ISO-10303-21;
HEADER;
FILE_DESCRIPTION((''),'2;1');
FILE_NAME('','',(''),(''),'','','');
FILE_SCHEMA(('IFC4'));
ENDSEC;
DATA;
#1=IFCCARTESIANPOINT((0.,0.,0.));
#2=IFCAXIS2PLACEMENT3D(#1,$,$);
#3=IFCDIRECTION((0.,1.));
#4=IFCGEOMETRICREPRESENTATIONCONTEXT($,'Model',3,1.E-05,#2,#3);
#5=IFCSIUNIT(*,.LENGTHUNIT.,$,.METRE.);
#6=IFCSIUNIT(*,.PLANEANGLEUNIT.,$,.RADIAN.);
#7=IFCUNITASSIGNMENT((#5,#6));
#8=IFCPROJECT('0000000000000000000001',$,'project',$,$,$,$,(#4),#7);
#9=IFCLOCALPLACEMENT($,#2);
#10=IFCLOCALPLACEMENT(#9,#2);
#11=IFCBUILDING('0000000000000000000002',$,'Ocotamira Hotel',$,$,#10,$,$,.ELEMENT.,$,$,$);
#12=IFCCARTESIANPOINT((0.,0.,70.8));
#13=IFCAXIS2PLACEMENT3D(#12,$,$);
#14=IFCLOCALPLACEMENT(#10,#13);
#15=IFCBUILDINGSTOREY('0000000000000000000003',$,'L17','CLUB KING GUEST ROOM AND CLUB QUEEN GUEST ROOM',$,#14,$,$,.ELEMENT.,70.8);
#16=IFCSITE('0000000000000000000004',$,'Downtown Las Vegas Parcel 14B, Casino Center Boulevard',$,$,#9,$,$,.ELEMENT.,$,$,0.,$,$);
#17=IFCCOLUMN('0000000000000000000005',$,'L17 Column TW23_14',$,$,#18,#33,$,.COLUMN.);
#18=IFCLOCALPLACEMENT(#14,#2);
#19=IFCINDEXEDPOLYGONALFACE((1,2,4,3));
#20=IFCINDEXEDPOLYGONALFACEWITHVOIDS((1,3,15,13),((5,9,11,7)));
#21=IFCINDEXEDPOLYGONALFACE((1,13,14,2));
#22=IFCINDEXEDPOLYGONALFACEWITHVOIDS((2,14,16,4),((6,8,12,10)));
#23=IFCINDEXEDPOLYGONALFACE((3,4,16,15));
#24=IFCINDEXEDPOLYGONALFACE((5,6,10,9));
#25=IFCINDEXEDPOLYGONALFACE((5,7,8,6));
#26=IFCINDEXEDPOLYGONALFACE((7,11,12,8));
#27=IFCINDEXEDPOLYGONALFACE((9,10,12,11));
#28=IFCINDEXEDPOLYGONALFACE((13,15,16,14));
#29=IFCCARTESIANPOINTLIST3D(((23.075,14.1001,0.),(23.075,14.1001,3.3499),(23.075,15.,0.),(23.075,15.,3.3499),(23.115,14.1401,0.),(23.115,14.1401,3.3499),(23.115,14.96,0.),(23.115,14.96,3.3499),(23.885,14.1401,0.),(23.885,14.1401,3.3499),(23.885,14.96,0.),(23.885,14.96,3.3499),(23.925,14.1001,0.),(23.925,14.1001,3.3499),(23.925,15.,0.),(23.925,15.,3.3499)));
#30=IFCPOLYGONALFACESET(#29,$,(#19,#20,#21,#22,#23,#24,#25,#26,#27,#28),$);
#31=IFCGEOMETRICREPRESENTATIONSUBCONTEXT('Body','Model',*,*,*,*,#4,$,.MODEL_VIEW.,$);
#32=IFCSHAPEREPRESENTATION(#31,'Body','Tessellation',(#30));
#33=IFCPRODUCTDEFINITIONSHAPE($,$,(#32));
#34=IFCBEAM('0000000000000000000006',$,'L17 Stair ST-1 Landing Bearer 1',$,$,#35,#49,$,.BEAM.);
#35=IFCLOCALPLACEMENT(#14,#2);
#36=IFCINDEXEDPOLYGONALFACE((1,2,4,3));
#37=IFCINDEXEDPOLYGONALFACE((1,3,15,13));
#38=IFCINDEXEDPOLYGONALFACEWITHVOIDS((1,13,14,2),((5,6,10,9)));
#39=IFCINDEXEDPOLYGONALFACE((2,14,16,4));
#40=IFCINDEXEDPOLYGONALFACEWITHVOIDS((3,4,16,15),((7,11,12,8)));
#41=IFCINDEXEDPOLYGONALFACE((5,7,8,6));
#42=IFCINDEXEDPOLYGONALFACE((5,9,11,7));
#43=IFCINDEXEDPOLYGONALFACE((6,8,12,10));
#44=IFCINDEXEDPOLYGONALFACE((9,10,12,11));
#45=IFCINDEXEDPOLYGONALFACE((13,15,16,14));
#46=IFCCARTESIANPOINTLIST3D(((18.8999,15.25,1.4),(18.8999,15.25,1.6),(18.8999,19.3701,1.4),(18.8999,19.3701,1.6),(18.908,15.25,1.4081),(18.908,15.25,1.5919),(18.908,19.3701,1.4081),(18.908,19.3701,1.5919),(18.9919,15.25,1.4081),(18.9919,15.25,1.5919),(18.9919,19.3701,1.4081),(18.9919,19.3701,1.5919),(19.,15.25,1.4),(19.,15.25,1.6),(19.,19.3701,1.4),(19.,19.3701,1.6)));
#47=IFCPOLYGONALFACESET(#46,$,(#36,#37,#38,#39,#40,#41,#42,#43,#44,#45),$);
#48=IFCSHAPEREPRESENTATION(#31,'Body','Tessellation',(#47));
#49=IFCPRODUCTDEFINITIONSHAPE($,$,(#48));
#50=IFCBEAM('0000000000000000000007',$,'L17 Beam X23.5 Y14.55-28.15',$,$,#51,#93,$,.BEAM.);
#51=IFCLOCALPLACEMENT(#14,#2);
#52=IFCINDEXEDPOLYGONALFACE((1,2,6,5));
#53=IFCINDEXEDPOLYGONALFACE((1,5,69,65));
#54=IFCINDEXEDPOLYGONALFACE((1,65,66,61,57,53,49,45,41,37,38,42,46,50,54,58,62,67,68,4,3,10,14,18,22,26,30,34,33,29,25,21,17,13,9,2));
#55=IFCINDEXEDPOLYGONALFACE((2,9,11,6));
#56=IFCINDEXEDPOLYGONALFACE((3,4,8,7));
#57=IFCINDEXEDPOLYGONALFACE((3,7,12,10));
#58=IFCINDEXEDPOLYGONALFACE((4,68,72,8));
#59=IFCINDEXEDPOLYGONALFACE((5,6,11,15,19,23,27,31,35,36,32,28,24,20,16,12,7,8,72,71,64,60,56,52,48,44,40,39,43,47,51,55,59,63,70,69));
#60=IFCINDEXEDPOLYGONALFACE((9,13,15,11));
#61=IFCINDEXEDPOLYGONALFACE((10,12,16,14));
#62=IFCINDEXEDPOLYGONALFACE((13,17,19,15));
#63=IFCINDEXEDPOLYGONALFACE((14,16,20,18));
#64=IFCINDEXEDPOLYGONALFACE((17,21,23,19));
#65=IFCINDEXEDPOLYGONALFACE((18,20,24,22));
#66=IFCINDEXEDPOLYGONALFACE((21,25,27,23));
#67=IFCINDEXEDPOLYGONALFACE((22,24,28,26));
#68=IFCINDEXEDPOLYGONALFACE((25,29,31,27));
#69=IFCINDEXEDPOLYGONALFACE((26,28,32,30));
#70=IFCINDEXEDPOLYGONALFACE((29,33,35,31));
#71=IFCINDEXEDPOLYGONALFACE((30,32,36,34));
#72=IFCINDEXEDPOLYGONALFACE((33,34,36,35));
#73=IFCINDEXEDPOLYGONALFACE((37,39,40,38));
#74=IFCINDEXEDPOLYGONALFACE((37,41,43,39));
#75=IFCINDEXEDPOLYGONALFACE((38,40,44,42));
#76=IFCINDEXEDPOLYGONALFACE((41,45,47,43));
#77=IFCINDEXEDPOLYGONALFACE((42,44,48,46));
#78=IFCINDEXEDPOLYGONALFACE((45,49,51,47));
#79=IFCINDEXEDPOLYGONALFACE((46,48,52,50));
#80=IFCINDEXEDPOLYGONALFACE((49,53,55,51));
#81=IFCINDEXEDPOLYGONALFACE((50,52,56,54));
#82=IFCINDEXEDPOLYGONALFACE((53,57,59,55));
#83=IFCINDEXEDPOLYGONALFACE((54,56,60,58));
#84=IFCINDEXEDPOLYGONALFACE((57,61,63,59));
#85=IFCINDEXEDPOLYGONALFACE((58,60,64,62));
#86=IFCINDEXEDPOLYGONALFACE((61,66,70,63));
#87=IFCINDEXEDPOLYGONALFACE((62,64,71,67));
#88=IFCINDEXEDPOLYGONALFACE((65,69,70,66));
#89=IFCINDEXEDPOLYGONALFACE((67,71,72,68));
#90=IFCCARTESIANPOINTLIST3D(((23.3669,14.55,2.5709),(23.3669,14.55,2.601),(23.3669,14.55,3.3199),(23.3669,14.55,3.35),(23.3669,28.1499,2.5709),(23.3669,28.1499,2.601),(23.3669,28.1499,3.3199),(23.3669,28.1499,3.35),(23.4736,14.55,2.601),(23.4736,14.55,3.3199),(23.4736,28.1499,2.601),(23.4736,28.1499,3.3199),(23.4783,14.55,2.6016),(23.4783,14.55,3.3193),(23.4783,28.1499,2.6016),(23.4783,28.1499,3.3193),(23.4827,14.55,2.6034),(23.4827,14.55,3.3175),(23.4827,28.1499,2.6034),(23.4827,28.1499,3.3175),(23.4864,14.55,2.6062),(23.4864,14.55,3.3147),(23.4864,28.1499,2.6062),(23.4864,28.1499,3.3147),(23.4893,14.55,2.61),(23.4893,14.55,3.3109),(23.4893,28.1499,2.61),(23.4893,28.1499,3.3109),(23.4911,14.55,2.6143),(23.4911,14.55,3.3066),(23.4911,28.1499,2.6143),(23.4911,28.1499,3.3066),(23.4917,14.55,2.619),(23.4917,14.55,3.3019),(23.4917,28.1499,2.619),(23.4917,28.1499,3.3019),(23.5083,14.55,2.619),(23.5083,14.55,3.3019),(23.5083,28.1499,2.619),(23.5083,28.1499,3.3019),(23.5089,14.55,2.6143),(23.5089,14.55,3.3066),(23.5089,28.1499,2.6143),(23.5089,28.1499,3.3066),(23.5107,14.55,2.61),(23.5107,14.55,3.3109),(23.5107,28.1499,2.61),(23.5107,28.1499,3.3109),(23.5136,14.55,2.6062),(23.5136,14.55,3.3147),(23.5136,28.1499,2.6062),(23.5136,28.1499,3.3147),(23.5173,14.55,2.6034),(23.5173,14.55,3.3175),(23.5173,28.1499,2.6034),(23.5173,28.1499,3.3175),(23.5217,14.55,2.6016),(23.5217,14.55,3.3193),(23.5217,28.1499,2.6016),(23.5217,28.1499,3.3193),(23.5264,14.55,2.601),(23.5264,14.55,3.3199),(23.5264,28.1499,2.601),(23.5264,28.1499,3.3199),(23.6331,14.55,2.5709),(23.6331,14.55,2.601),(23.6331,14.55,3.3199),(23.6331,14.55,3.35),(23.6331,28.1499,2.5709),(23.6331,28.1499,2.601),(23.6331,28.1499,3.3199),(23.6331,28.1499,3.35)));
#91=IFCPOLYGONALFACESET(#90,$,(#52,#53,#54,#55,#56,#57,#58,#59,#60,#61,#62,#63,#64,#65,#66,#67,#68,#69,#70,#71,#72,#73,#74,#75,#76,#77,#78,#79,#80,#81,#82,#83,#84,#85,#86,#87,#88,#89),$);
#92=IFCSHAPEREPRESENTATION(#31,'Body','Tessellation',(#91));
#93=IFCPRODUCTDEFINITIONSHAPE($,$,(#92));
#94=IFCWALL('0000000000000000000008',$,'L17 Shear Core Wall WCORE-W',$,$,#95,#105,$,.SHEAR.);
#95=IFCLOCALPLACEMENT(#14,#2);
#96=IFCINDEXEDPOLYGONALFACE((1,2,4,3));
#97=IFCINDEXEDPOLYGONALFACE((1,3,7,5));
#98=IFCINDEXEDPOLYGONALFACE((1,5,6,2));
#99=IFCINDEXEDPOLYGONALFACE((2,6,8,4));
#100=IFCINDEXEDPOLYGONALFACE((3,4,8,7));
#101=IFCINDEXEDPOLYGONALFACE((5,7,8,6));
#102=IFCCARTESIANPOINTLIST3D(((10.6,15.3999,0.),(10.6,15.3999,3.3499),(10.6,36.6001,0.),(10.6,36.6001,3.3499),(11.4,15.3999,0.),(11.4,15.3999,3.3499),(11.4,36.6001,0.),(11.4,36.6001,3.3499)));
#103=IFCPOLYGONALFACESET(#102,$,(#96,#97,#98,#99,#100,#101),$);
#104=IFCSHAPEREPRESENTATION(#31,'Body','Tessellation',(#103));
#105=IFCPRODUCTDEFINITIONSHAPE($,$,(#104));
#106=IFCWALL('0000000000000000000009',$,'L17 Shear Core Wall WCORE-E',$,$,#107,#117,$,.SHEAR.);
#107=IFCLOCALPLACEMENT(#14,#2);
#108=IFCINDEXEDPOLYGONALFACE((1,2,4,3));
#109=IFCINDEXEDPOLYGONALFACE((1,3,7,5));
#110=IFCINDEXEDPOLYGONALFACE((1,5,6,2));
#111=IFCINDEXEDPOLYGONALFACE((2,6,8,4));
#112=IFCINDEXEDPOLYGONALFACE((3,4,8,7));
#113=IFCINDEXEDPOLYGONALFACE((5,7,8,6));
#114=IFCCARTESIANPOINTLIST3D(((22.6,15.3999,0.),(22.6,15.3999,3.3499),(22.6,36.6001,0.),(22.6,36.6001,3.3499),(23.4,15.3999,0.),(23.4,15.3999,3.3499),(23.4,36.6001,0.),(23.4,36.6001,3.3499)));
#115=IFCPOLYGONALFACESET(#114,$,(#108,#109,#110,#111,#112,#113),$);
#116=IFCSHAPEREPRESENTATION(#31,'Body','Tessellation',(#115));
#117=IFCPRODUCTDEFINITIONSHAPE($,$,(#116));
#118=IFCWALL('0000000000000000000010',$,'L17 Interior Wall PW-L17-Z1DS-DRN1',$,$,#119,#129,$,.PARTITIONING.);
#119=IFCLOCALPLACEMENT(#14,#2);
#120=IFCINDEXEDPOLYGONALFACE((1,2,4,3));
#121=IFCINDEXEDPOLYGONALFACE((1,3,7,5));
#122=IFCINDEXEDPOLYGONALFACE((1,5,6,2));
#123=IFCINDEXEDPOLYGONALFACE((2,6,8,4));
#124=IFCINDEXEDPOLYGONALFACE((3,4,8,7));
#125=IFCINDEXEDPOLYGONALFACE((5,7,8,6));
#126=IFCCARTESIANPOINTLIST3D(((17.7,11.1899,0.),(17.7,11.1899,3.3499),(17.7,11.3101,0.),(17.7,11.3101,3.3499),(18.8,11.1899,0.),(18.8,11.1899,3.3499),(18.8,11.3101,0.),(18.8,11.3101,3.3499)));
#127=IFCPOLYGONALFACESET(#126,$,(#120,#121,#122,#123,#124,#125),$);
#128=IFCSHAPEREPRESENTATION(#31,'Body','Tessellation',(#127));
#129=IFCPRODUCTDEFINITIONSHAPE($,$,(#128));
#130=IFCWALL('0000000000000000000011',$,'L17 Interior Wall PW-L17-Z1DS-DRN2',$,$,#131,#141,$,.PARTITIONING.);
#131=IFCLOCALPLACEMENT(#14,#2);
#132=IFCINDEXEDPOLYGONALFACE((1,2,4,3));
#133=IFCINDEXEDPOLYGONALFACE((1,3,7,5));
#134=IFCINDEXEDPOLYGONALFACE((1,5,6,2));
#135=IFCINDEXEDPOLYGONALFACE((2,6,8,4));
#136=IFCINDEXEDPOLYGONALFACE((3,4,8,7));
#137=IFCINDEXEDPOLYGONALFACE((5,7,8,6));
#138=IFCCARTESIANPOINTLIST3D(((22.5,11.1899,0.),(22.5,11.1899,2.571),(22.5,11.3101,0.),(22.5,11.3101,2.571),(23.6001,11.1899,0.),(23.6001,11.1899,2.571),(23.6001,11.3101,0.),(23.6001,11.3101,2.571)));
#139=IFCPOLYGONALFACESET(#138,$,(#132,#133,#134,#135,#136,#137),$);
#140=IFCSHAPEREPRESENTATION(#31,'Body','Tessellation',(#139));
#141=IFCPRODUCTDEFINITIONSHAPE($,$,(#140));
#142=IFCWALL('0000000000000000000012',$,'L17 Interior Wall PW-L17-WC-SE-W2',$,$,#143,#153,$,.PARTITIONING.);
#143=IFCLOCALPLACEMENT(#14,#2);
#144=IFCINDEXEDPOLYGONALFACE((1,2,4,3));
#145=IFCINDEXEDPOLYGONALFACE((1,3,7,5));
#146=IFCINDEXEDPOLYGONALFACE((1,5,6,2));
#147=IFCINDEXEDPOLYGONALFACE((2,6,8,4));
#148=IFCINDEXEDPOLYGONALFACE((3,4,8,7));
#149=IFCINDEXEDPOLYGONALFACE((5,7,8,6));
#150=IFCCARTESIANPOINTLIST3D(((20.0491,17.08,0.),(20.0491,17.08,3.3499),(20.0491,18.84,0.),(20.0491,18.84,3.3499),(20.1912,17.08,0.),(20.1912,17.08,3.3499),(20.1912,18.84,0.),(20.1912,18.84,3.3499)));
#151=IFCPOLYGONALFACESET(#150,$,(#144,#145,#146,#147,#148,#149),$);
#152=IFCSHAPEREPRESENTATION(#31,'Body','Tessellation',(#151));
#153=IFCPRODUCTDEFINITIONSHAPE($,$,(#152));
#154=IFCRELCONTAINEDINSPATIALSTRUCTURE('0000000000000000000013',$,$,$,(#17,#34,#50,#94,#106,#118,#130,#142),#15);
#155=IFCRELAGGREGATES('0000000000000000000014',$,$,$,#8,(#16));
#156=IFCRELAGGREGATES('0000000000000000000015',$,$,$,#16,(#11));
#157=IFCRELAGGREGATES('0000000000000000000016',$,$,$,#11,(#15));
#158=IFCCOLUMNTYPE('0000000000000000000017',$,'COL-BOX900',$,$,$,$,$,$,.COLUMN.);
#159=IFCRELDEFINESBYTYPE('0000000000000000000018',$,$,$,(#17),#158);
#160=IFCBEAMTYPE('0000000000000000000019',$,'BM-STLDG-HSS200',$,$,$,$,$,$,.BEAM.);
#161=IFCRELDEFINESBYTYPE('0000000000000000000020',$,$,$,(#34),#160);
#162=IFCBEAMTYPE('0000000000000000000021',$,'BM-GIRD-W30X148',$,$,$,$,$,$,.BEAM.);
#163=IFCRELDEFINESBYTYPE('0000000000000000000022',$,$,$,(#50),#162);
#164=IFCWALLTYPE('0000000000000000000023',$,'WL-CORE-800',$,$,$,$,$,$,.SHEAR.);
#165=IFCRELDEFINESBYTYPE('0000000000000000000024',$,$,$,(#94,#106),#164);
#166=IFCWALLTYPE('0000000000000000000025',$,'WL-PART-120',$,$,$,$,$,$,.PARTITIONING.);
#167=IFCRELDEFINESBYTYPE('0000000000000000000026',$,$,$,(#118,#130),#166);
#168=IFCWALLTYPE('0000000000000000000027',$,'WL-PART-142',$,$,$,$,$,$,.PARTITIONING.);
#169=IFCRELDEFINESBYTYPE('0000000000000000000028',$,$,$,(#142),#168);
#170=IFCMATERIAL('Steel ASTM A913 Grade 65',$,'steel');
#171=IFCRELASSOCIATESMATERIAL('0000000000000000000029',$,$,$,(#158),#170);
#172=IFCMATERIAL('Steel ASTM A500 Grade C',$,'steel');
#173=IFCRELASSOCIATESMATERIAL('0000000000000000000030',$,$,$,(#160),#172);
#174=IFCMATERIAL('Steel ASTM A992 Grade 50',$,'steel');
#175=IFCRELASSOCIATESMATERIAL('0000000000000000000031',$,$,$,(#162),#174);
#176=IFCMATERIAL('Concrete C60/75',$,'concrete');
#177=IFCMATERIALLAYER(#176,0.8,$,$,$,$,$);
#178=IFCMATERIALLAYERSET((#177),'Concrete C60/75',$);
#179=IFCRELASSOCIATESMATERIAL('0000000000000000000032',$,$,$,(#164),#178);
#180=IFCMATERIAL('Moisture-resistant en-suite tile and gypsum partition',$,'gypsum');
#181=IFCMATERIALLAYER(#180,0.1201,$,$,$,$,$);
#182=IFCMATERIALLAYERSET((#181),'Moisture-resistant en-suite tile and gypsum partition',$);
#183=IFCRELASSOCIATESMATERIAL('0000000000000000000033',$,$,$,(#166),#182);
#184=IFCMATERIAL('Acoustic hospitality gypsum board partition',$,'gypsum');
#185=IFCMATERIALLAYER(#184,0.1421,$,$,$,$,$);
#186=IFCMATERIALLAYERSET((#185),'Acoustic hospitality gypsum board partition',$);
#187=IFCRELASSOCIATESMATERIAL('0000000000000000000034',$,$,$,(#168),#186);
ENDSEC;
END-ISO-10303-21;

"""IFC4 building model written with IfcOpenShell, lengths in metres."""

from ifc_helpers import new_model, si_unit, direction, frame, frame_2d, origin, origin_2d, place, context, subcontext, project, spatial, rectangle, hollow_rectangle, i_section, extrude, source, transform, mapped, material, layer, layer_set, material_profile, profile_set, type_object, element, save


model = new_model("IFC4")

# Units and contexts
model_context = context("Model", 3, precision=1e-05, world=origin(), true_north=direction((0.0, 1.0)))
body_context = subcontext(model_context, "Body", "Model", "MODEL_VIEW")
ifc_project = project(units=[si_unit("LENGTHUNIT", "METRE"), si_unit("PLANEANGLEUNIT", "RADIAN")], contexts=[model_context])

# Site, building, storey
site_placement = place(None, origin())
site = spatial("IfcSite", under=ifc_project, at=site_placement, Name="Downtown Las Vegas Parcel 14B, Casino Center Boulevard", CompositionType="ELEMENT", RefElevation=0.0)
building_placement = place(site_placement, origin())
building = spatial("IfcBuilding", under=site, at=building_placement, Name="Ocotamira Hotel", CompositionType="ELEMENT")
storey_placement = place(building_placement, frame((0.0, 0.0, 70.8)))
storey = spatial("IfcBuildingStorey", under=building, at=storey_placement, Name="L17", Description="CLUB KING GUEST ROOM AND CLUB QUEEN GUEST ROOM", CompositionType="ELEMENT", Elevation=70.8)

# Column
ifc_material_1 = material(Name="Steel ASTM A913 Grade 65", Category="steel")
ifc_material_profile_1 = material_profile(ifc_material_1, hollow_rectangle(XDim=0.8501, YDim=0.8999, WallThickness=0.04, at=origin_2d()), Name="BOX900X850X40")
ifc_profile_set_1 = profile_set([ifc_material_profile_1], Name="Steel ASTM A913 Grade 65")
column_type = type_object("IfcColumnType", Name="COL-BOX900", PredefinedType="COLUMN", material=ifc_profile_set_1)
shared_shape_1 = source(origin(), body_context, "Body", "SweptSolid", [
    extrude(hollow_rectangle(XDim=0.8501, YDim=0.8999, WallThickness=0.04, at=origin_2d()), origin(), (0.0, 0.0, 1.0), 3.3499),
])
column_placement = place(storey_placement, frame((23.5, 14.55, 0.0), z_axis=(0.0, 0.0, 1.0), x_axis=(1.0, 0.0, 0.0)))
element("IfcColumn", 1, at=column_placement, inside=storey, type_object=column_type, Name="L17 Column TW23_14", PredefinedType="COLUMN", context=body_context, shape_type="MappedRepresentation", body=[
    mapped(shared_shape_1, transform((0.0, 0.0, 0.0), scale=1.0)),
])

# Beams
ifc_material_2 = material(Name="Steel ASTM A500 Grade C", Category="steel")
ifc_material_profile_2 = material_profile(ifc_material_2, hollow_rectangle(XDim=0.1001, YDim=0.2, WallThickness=0.0081, at=origin_2d()), Name="HSS200X100X8")
ifc_profile_set_2 = profile_set([ifc_material_profile_2], Name="Steel ASTM A500 Grade C")
beam_type_1 = type_object("IfcBeamType", Name="BM-STLDG-HSS200", PredefinedType="BEAM", material=ifc_profile_set_2)
shared_shape_2 = source(origin(), body_context, "Body", "SweptSolid", [
    extrude(hollow_rectangle(XDim=0.1001, YDim=0.2, WallThickness=0.0081, at=origin_2d()), origin(), (0.0, 0.0, 1.0), 4.1201),
])
beam_1_placement = place(storey_placement, frame((18.95, 15.25, 1.5), z_axis=(0.0, 1.0, 0.0), x_axis=(-1.0, 0.0, 0.0)))
element("IfcBeam", 2, at=beam_1_placement, inside=storey, type_object=beam_type_1, Name="L17 Stair ST-1 Landing Bearer 1", PredefinedType="BEAM", context=body_context, shape_type="MappedRepresentation", body=[
    mapped(shared_shape_2, transform((0.0, 0.0, 0.0), scale=1.0)),
])
ifc_material_3 = material(Name="Steel ASTM A992 Grade 50", Category="steel")
ifc_material_profile_3 = material_profile(ifc_material_3, i_section(OverallWidth=0.2661, OverallDepth=0.7791, WebThickness=0.0166, FlangeThickness=0.03, FilletRadius=0.0181, at=origin_2d()), Name="W30X148")
ifc_profile_set_3 = profile_set([ifc_material_profile_3], Name="Steel ASTM A992 Grade 50")
beam_type_2 = type_object("IfcBeamType", Name="BM-GIRD-W30X148", PredefinedType="BEAM", material=ifc_profile_set_3)
shared_shape_3 = source(origin(), body_context, "Body", "SweptSolid", [
    extrude(i_section(OverallWidth=0.2661, OverallDepth=0.7791, WebThickness=0.0166, FlangeThickness=0.03, FilletRadius=0.0181, at=origin_2d()), origin(), (0.0, 0.0, 1.0), 13.5999),
])
beam_2_placement = place(storey_placement, frame((23.5, 14.55, 2.9604), z_axis=(0.0, 1.0, 0.0), x_axis=(-1.0, 0.0, 0.0)))
element("IfcBeam", 3, at=beam_2_placement, inside=storey, type_object=beam_type_2, Name="L17 Beam X23.5 Y14.55-28.15", PredefinedType="BEAM", context=body_context, shape_type="MappedRepresentation", body=[
    mapped(shared_shape_3, transform((0.0, 0.0, 0.0), scale=1.0)),
])

# Walls
ifc_material_4 = material(Name="Concrete C60/75", Category="concrete")
ifc_layer_1 = layer(ifc_material_4, 0.8)
ifc_layer_set_1 = layer_set([ifc_layer_1], Name="Concrete C60/75")
wall_type_1 = type_object("IfcWallType", Name="WL-CORE-800", PredefinedType="SHEAR", material=ifc_layer_set_1)
for number, where, z_axis, x_axis, name in (
    (4, (11.0, 15.3999, 0.0), (0.0, 0.0, 1.0), (0.0, 1.0, 0.0), "L17 Shear Core Wall WCORE-W"),
    (5, (23.0, 15.3999, 0.0), (0.0, 0.0, 1.0), (0.0, 1.0, 0.0), "L17 Shear Core Wall WCORE-E"),
):
    element("IfcWall", number, at=place(storey_placement, frame(where, z_axis=z_axis, x_axis=x_axis)), inside=storey, type_object=wall_type_1, Name=name, PredefinedType="SHEAR", context=body_context, shape_type="SweptSolid", body=[
        extrude(rectangle(XDim=21.2002, YDim=0.8, at=frame_2d((10.6001, 0.0))), origin(), (0.0, 0.0, 1.0), 3.3499),
    ])

# Walls
ifc_material_5 = material(Name="Moisture-resistant en-suite tile and gypsum partition", Category="gypsum")
ifc_layer_2 = layer(ifc_material_5, 0.1201)
ifc_layer_set_2 = layer_set([ifc_layer_2], Name="Moisture-resistant en-suite tile and gypsum partition")
wall_type_2 = type_object("IfcWallType", Name="WL-PART-120", PredefinedType="PARTITIONING", material=ifc_layer_set_2)
wall_1_placement = place(storey_placement, frame((17.7, 11.25, 0.0), z_axis=(0.0, 0.0, 1.0), x_axis=(1.0, 0.0, 0.0)))
element("IfcWall", 6, at=wall_1_placement, inside=storey, type_object=wall_type_2, Name="L17 Interior Wall PW-L17-Z1DS-DRN1", PredefinedType="PARTITIONING", context=body_context, shape_type="SweptSolid", body=[
    extrude(rectangle(XDim=1.1001, YDim=0.1201, at=frame_2d((0.55, 0.0))), origin(), (0.0, 0.0, 1.0), 3.3499),
])
wall_2_placement = place(storey_placement, frame((22.5, 11.25, 0.0), z_axis=(0.0, 0.0, 1.0), x_axis=(1.0, 0.0, 0.0)))
element("IfcWall", 7, at=wall_2_placement, inside=storey, type_object=wall_type_2, Name="L17 Interior Wall PW-L17-Z1DS-DRN2", PredefinedType="PARTITIONING", context=body_context, shape_type="SweptSolid", body=[
    extrude(rectangle(XDim=1.1001, YDim=0.1201, at=frame_2d((0.55, 0.0))), origin(), (0.0, 0.0, 1.0), 2.571),
])
ifc_material_6 = material(Name="Acoustic hospitality gypsum board partition", Category="gypsum")
ifc_layer_3 = layer(ifc_material_6, 0.1421)
ifc_layer_set_3 = layer_set([ifc_layer_3], Name="Acoustic hospitality gypsum board partition")
wall_type_3 = type_object("IfcWallType", Name="WL-PART-142", PredefinedType="PARTITIONING", material=ifc_layer_set_3)
wall_3_placement = place(storey_placement, frame((20.1201, 17.0801, 0.0), z_axis=(0.0, 0.0, 1.0), x_axis=(0.0, 1.0, 0.0)))
element("IfcWall", 8, at=wall_3_placement, inside=storey, type_object=wall_type_3, Name="L17 Interior Wall PW-L17-WC-SE-W2", PredefinedType="PARTITIONING", context=body_context, shape_type="SweptSolid", body=[
    extrude(rectangle(XDim=1.76, YDim=0.1421, at=frame_2d((0.8799, 0.0))), origin(), (0.0, 0.0, 1.0), 3.3499),
])

save(model, "model.ifc")
